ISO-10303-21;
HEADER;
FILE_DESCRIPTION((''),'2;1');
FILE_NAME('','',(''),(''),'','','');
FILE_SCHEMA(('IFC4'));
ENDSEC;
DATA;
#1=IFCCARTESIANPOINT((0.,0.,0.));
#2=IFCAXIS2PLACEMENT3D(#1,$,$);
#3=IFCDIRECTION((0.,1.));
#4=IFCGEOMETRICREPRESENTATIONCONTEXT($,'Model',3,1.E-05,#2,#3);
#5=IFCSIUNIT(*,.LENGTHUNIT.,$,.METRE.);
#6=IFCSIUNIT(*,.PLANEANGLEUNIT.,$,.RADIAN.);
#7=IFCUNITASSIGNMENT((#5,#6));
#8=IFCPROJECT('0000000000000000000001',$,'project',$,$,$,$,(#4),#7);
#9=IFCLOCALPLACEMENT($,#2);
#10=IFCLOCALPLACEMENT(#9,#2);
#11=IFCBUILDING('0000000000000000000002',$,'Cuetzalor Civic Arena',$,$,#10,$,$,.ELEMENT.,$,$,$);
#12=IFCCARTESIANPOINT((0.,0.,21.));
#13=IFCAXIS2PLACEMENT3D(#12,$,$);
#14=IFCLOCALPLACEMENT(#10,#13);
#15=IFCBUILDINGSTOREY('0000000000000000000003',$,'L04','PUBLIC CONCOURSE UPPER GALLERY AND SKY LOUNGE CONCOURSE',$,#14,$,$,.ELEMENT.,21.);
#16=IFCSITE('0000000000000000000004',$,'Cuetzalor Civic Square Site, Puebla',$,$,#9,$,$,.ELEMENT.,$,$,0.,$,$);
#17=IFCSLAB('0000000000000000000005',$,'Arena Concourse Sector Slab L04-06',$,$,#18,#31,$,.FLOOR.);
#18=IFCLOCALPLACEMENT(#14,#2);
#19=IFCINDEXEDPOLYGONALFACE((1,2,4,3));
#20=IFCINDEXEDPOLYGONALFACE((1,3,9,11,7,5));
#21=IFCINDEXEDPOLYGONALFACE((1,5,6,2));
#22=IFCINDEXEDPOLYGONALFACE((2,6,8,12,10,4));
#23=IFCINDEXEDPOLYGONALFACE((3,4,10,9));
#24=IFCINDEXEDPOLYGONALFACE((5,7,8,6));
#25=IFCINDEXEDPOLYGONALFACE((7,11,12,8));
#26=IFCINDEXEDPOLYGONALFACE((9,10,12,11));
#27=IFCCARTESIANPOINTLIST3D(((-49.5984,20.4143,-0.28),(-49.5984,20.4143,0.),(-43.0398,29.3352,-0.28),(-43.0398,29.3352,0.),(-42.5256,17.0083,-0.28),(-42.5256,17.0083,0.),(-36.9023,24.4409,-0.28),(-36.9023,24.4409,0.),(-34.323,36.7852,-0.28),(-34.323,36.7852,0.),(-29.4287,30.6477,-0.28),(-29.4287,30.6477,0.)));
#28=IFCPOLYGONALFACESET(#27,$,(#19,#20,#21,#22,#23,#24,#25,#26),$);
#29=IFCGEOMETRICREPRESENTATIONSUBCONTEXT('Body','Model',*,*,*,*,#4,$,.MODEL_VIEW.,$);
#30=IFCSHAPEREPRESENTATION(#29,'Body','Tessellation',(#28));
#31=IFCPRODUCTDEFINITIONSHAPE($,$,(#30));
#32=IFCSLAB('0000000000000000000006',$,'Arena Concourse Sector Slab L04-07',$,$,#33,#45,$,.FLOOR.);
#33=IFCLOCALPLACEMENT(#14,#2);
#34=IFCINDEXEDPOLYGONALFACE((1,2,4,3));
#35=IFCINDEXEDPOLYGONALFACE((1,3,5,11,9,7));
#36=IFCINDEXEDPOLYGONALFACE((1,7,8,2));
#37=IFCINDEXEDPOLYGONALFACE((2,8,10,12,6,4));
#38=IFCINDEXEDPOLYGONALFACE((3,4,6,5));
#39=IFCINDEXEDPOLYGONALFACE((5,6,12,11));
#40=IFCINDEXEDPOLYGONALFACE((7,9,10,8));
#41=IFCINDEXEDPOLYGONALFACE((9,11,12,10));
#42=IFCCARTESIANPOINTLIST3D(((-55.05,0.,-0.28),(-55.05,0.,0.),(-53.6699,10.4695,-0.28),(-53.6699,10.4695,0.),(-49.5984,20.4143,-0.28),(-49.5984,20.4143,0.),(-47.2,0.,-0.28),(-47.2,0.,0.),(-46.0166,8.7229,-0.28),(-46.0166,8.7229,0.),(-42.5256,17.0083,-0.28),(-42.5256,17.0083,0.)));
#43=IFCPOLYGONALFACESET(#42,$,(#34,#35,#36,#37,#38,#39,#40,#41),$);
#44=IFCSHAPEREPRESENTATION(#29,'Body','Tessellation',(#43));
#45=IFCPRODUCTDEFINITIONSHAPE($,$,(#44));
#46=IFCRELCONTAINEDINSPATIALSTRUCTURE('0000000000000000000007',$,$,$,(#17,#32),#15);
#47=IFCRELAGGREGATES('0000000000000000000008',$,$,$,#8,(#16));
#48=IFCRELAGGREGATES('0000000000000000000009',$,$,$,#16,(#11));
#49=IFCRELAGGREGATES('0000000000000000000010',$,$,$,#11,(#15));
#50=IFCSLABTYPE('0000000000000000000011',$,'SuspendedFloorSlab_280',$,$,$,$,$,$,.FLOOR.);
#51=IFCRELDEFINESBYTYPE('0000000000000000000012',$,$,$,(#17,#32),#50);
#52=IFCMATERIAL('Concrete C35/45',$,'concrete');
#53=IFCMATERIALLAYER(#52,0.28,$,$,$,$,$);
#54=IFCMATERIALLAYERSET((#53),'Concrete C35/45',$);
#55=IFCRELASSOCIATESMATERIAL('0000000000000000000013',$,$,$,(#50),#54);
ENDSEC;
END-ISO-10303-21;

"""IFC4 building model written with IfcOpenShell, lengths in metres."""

from ifc_helpers import new_model, si_unit, direction, frame, origin, place, context, subcontext, project, spatial, polyline, outline, extrude, material, layer, layer_set, type_object, element, save


model = new_model("IFC4")

# Units and contexts
model_context = context("Model", 3, precision=1e-05, world=origin(), true_north=direction((0.0, 1.0)))
body_context = subcontext(model_context, "Body", "Model", "MODEL_VIEW")
ifc_project = project(units=[si_unit("LENGTHUNIT", "METRE"), si_unit("PLANEANGLEUNIT", "RADIAN")], contexts=[model_context])

# Site, building, storey
site_placement = place(None, origin())
site = spatial("IfcSite", under=ifc_project, at=site_placement, Name="Cuetzalor Civic Square Site, Puebla", CompositionType="ELEMENT", RefElevation=0.0)
building_placement = place(site_placement, origin())
building = spatial("IfcBuilding", under=site, at=building_placement, Name="Cuetzalor Civic Arena", CompositionType="ELEMENT")
storey_placement = place(building_placement, frame((0.0, 0.0, 21.0)))
storey = spatial("IfcBuildingStorey", under=building, at=storey_placement, Name="L04", Description="PUBLIC CONCOURSE UPPER GALLERY AND SKY LOUNGE CONCOURSE", CompositionType="ELEMENT", Elevation=21.0)

# Slabs
ifc_material_1 = material(Name="Concrete C35/45", Category="concrete")
ifc_layer = layer(ifc_material_1, 0.28)
ifc_layer_set = layer_set([ifc_layer], Name="Concrete C35/45")
slab_type = type_object("IfcSlabType", Name="SuspendedFloorSlab_280", PredefinedType="FLOOR", material=ifc_layer_set)
slab_1_placement = place(storey_placement, frame((0.0, 0.0, -0.28)))
element("IfcSlab", 1, at=slab_1_placement, inside=storey, type_object=slab_type, Name="Arena Concourse Sector Slab L04-06", PredefinedType="FLOOR", context=body_context, shape_type="SweptSolid", body=[
    extrude(outline(polyline([(-29.4287, 30.6477), (-36.9023, 24.4409), (-42.5256, 17.0083), (-49.5984, 20.4143), (-43.0398, 29.3352), (-34.323, 36.7852), (-29.4287, 30.6477)])), origin(), (0.0, 0.0, 1.0), 0.28),
])
slab_2_placement = place(storey_placement, frame((0.0, 0.0, -0.28)))
element("IfcSlab", 2, at=slab_2_placement, inside=storey, type_object=slab_type, Name="Arena Concourse Sector Slab L04-07", PredefinedType="FLOOR", context=body_context, shape_type="SweptSolid", body=[
    extrude(outline(polyline([(-42.5256, 17.0083), (-46.0166, 8.7229), (-47.2, 0.0), (-55.05, 0.0), (-53.6699, 10.4695), (-49.5984, 20.4143), (-42.5256, 17.0083)])), origin(), (0.0, 0.0, 1.0), 0.28),
])

save(model, "model.ifc")
